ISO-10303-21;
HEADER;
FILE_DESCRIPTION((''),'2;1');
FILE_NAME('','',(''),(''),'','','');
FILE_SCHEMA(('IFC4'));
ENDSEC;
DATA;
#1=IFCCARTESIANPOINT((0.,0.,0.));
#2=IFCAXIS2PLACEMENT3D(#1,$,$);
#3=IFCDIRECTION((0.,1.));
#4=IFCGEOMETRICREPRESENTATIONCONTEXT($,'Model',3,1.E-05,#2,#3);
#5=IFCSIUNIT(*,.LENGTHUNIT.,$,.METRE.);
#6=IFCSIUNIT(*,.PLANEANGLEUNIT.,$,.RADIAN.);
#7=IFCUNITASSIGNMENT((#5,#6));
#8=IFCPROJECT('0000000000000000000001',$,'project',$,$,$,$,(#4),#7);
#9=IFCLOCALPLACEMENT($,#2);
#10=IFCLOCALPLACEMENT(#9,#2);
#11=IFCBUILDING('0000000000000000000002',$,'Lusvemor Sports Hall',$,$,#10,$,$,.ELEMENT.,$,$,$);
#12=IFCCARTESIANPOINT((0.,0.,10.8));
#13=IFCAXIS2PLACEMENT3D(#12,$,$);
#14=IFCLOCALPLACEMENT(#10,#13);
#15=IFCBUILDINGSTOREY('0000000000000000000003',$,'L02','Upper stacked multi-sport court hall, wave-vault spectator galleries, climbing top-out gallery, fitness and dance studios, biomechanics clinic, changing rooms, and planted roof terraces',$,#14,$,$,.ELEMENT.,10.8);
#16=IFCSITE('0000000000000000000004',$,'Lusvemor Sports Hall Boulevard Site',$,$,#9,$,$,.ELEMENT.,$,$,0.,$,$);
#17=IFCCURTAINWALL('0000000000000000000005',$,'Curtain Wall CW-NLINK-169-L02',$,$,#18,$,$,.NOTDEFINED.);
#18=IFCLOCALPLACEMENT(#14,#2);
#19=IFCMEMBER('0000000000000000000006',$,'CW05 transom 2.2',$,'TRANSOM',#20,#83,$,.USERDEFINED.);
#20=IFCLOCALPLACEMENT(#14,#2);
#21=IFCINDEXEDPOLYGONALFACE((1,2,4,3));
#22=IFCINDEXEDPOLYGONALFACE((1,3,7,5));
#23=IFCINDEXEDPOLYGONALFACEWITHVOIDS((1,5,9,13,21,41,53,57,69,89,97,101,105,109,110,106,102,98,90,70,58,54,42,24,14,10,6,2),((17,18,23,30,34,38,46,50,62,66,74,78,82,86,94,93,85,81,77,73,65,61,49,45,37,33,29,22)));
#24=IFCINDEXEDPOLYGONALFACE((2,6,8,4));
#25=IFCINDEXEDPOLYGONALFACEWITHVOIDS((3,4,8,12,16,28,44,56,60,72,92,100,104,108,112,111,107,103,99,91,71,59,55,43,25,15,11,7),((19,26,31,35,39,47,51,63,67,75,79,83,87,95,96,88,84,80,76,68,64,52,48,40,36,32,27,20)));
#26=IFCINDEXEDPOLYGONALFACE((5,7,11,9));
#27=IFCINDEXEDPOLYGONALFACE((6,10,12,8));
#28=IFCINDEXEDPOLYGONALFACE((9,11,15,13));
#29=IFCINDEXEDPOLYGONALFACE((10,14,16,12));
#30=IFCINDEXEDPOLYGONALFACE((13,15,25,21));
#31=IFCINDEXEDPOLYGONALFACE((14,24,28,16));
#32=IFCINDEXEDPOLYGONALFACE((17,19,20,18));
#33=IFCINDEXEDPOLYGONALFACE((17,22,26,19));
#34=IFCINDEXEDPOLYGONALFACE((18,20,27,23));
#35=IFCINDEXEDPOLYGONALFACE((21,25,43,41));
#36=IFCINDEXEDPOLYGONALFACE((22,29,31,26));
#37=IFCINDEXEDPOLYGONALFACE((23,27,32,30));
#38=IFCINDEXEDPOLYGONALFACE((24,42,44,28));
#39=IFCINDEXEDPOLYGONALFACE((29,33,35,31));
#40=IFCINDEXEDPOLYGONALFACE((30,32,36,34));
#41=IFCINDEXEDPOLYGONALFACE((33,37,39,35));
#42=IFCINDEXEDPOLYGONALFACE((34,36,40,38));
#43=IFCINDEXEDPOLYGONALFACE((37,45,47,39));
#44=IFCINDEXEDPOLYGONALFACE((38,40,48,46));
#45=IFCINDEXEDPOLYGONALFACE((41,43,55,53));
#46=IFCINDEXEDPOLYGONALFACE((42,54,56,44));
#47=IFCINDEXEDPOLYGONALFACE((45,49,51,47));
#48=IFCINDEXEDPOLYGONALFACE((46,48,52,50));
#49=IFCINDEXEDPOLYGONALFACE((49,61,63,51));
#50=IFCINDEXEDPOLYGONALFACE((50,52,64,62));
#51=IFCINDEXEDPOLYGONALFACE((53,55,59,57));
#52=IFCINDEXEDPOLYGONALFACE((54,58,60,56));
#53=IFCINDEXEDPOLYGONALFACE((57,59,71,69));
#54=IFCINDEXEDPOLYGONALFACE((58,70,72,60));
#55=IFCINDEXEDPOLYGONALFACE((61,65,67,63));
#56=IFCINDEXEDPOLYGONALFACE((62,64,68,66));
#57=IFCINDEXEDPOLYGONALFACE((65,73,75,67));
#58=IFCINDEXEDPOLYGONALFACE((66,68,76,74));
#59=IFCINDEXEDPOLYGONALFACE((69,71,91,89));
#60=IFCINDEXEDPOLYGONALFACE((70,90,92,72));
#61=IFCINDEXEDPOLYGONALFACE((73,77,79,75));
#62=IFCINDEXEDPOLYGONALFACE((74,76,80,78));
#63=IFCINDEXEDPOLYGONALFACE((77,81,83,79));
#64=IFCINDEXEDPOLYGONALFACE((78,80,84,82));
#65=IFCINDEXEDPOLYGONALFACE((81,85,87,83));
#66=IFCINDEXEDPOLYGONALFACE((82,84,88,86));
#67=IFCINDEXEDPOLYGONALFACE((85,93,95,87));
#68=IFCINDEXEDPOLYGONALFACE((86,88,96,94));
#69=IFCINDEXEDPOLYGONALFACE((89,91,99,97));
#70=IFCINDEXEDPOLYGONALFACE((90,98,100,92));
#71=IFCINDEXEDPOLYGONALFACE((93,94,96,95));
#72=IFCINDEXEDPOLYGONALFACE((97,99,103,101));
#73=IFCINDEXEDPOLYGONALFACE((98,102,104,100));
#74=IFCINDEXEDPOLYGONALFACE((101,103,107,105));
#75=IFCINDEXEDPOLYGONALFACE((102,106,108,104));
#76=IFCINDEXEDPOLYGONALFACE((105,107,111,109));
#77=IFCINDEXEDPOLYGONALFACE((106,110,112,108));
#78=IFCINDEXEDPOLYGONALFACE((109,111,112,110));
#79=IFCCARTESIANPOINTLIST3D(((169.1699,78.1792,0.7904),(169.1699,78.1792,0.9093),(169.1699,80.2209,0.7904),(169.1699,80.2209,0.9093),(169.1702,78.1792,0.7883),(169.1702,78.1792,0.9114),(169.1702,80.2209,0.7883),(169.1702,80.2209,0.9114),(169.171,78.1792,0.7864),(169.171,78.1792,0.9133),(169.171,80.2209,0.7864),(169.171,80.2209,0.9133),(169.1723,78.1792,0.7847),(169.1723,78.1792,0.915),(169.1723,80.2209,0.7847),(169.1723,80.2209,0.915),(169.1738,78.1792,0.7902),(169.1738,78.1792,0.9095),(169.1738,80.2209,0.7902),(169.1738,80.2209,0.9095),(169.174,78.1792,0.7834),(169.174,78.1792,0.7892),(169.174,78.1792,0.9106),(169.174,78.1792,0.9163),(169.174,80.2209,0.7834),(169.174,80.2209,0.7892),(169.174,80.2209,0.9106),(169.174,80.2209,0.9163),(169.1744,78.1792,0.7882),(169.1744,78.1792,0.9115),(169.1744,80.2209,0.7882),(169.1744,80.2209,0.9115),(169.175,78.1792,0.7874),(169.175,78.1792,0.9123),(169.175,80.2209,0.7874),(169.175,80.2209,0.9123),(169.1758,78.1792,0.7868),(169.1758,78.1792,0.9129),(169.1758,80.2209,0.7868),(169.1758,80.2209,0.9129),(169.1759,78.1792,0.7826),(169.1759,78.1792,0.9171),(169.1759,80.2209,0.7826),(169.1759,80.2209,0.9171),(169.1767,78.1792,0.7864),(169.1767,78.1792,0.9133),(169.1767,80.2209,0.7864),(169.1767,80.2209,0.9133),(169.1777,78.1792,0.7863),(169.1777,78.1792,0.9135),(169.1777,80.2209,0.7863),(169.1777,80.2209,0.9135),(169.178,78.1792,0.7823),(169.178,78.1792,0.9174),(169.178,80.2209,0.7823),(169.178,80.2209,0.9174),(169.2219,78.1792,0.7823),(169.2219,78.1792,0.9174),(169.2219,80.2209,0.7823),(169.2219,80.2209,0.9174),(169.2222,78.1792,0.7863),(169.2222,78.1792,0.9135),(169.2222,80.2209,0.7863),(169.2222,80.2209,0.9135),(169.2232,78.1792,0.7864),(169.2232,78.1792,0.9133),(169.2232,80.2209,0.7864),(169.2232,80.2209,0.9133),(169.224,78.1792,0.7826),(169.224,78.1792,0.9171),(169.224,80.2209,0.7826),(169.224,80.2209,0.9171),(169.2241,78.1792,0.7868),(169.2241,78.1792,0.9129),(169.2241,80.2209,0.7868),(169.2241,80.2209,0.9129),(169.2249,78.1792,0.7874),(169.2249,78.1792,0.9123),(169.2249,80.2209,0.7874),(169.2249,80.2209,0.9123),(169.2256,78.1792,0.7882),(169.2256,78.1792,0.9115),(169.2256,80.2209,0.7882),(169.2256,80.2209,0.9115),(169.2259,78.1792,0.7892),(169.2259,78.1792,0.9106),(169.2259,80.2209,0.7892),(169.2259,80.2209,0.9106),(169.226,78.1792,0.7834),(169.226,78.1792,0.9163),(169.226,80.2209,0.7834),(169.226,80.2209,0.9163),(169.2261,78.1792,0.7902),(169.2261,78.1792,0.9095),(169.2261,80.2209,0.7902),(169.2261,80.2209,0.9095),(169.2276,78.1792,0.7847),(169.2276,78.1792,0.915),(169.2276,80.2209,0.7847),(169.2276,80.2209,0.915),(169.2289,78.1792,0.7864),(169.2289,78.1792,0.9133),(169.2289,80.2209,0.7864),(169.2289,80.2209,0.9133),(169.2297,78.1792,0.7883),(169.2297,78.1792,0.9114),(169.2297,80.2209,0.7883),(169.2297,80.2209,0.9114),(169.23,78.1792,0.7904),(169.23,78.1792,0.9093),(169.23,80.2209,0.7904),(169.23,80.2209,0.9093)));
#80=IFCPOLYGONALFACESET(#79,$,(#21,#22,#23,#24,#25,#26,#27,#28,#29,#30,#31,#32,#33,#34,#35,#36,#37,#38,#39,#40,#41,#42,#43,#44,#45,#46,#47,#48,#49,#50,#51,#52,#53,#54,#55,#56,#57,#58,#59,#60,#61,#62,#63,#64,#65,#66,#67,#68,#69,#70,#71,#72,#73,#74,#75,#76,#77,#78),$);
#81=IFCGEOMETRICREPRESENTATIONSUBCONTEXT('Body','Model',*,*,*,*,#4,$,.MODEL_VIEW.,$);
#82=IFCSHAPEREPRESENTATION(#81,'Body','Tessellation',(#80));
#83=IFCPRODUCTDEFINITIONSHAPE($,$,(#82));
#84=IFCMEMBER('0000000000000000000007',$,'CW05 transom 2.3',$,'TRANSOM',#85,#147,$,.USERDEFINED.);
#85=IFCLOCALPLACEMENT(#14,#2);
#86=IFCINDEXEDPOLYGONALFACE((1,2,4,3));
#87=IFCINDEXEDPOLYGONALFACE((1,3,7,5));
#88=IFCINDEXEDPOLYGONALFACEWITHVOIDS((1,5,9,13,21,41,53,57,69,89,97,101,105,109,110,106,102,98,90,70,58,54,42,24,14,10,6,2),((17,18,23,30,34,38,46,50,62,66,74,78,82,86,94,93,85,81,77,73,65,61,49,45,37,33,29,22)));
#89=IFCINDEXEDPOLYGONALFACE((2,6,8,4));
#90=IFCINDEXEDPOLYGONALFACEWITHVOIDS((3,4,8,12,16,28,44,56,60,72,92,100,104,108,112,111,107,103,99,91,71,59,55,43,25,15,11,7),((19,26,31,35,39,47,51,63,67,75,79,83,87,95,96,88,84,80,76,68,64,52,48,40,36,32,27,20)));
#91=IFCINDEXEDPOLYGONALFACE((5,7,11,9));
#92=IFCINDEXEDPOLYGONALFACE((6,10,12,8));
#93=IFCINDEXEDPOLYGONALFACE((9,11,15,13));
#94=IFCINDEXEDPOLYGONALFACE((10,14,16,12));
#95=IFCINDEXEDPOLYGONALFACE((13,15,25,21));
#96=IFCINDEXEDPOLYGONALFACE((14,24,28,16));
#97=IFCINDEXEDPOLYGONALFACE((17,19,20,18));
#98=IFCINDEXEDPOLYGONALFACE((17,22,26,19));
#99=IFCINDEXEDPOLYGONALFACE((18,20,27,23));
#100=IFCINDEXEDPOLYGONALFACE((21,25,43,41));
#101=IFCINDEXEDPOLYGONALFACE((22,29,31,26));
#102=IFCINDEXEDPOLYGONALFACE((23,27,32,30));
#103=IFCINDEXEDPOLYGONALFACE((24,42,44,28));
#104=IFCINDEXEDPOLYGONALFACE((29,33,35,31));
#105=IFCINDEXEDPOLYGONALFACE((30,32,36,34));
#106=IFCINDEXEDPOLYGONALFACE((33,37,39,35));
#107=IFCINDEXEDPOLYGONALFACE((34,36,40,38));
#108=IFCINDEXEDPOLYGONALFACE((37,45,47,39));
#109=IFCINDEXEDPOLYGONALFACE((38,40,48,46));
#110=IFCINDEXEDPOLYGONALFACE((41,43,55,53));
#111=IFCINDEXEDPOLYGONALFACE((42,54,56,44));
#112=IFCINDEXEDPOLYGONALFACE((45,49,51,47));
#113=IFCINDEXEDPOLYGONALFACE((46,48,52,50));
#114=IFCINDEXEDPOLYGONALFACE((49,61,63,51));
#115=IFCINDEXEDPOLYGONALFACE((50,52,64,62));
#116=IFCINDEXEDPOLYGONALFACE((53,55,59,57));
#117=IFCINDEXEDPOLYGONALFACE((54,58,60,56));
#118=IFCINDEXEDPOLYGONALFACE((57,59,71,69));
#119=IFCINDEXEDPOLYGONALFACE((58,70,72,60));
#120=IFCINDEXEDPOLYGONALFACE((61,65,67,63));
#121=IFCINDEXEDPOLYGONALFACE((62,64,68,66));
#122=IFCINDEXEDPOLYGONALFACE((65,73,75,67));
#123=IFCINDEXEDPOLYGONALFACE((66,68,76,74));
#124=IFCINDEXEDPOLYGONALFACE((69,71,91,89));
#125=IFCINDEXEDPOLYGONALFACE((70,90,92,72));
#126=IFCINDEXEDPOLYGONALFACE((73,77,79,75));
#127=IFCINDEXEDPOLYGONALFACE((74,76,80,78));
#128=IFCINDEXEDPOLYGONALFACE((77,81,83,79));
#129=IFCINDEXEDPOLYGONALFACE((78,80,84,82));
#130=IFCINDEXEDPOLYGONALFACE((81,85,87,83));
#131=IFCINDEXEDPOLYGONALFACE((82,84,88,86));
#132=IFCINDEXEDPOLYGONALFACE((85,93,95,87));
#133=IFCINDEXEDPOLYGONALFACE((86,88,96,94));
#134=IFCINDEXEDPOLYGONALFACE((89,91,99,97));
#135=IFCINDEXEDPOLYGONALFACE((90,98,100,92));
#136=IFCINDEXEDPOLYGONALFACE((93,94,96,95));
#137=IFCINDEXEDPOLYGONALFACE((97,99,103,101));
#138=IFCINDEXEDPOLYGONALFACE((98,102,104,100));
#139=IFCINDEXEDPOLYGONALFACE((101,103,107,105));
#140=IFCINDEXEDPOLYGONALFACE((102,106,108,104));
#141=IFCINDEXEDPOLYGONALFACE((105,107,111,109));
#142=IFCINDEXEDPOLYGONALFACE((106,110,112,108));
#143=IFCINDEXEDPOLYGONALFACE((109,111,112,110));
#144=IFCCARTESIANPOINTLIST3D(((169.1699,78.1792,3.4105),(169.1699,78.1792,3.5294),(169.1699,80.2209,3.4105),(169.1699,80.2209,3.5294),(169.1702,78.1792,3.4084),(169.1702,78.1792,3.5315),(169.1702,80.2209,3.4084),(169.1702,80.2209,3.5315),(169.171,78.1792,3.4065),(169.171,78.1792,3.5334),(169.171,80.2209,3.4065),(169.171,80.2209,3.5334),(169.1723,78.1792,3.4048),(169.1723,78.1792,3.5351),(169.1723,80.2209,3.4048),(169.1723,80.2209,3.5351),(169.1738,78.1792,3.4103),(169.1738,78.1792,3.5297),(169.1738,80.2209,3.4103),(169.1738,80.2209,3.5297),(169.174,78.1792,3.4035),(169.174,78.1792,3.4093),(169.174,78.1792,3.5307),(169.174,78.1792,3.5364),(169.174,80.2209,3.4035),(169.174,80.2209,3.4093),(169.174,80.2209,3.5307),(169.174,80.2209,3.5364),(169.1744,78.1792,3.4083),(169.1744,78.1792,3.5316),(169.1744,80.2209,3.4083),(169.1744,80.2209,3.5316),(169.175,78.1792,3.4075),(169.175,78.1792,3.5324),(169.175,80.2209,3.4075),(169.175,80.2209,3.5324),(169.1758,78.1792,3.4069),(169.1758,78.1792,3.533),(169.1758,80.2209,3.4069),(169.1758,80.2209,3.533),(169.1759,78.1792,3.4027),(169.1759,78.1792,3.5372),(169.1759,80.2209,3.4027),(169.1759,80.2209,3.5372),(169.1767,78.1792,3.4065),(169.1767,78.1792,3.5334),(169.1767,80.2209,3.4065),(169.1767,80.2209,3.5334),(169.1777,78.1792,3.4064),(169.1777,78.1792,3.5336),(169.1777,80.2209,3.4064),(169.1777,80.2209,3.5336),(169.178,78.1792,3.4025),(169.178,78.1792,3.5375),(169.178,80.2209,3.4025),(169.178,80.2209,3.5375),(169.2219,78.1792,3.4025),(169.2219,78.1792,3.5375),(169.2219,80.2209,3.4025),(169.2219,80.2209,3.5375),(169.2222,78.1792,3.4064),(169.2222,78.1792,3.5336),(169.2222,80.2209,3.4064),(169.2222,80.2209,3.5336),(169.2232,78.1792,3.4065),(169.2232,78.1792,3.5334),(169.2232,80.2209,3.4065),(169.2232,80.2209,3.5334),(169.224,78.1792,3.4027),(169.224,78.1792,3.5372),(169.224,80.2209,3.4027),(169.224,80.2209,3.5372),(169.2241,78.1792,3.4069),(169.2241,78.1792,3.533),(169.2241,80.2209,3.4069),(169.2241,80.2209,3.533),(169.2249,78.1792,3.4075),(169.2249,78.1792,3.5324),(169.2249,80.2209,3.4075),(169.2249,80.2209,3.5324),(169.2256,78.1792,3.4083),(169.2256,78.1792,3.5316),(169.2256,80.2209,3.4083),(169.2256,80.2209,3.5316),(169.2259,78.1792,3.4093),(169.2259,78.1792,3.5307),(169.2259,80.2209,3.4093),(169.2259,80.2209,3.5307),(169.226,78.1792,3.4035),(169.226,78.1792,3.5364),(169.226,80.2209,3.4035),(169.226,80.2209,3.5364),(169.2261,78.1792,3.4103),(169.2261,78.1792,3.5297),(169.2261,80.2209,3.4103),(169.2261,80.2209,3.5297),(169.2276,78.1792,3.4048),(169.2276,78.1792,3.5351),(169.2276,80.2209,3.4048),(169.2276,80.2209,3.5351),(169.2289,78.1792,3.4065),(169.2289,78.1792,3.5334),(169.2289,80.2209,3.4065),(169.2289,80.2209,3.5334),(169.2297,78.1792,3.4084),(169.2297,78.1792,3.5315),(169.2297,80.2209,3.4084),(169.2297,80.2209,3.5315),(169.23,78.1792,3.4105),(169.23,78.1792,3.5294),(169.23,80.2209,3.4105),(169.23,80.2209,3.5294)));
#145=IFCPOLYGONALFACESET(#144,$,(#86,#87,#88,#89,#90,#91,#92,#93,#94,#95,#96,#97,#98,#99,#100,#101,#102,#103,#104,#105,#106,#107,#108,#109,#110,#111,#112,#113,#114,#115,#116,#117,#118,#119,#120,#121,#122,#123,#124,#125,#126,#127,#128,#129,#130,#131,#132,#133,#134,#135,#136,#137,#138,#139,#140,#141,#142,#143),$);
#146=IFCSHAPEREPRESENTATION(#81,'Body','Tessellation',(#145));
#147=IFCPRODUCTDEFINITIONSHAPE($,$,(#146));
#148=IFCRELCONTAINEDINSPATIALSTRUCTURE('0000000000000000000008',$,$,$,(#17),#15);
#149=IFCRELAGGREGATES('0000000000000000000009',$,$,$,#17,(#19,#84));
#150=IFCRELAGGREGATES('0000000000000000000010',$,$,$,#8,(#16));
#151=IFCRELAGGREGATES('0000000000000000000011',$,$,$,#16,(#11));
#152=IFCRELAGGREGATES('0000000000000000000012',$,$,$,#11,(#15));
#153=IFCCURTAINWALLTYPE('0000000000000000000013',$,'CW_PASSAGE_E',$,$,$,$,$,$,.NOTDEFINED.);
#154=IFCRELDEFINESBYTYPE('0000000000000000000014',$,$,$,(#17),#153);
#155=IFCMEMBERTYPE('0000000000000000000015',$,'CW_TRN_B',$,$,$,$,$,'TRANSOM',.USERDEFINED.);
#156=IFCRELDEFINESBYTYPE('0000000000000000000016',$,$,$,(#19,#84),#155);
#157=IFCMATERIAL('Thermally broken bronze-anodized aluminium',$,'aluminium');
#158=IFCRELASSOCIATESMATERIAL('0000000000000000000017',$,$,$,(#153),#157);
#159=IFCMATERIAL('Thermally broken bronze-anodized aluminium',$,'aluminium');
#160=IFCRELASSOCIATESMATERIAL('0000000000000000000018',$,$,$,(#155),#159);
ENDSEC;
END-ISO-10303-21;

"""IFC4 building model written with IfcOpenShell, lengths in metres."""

from ifc_helpers import new_model, si_unit, direction, frame, origin, origin_2d, place, context, subcontext, project, spatial, hollow_rectangle, extrude, material, material_profile, profile_set, type_object, element, aggregate, save


model = new_model("IFC4")

# Units and contexts
model_context = context("Model", 3, precision=1e-05, world=origin(), true_north=direction((0.0, 1.0)))
body_context = subcontext(model_context, "Body", "Model", "MODEL_VIEW")
ifc_project = project(units=[si_unit("LENGTHUNIT", "METRE"), si_unit("PLANEANGLEUNIT", "RADIAN")], contexts=[model_context])

# Site, building, storey
site_placement = place(None, origin())
site = spatial("IfcSite", under=ifc_project, at=site_placement, Name="Lusvemor Sports Hall Boulevard Site", CompositionType="ELEMENT", RefElevation=0.0)
building_placement = place(site_placement, origin())
building = spatial("IfcBuilding", under=site, at=building_placement, Name="Lusvemor Sports Hall", CompositionType="ELEMENT")
storey_placement = place(building_placement, frame((0.0, 0.0, 10.8)))
storey = spatial("IfcBuildingStorey", under=building, at=storey_placement, Name="L02", Description="Upper stacked multi-sport court hall, wave-vault spectator galleries, climbing top-out gallery, fitness and dance studios, biomechanics clinic, changing rooms, and planted roof terraces", CompositionType="ELEMENT", Elevation=10.8)

# Curtain wall, members
ifc_material_1 = material(Name="Thermally broken bronze-anodized aluminium", Category="aluminium")
curtain_wall_type = type_object("IfcCurtainWallType", Name="CW_PASSAGE_E", PredefinedType="NOTDEFINED", material=ifc_material_1)
curtain_wall_placement = place(storey_placement, origin())
curtain_wall = element("IfcCurtainWall", 1, at=curtain_wall_placement, inside=storey, type_object=curtain_wall_type, Name="Curtain Wall CW-NLINK-169-L02", PredefinedType="NOTDEFINED")
ifc_material_2 = material(Name="Thermally broken bronze-anodized aluminium", Category="aluminium")
ifc_material_profile_1 = material_profile(ifc_material_2, hollow_rectangle(XDim=0.0601, YDim=0.135, WallThickness=0.0039, InnerFilletRadius=0.0039, OuterFilletRadius=0.0081, at=origin_2d()), Name="CWTRN135x60x4")
ifc_profile_set_1 = profile_set([ifc_material_profile_1], Name="Thermally broken bronze-anodized aluminium")
member_type_1 = type_object("IfcMemberType", Name="CW_TRN_B", ElementType="TRANSOM", PredefinedType="USERDEFINED", material=ifc_profile_set_1)
member_1_placement = place(storey_placement, frame((169.2, 78.1792, 0.8499), z_axis=(0.0, 1.0, 0.0), x_axis=(-1.0, 0.0, 0.0)))
member_1 = element("IfcMember", 2, at=member_1_placement, type_object=member_type_1, Name="CW05 transom 2.2", ObjectType="TRANSOM", PredefinedType="USERDEFINED", context=body_context, shape_type="SweptSolid", body=[
    extrude(hollow_rectangle(XDim=0.0601, YDim=0.135, WallThickness=0.0039, InnerFilletRadius=0.0039, OuterFilletRadius=0.0081, at=origin_2d()), origin(), (0.0, 0.0, 1.0), 2.0417),
])
member_2_placement = place(storey_placement, frame((169.2, 78.1792, 3.47), z_axis=(0.0, 1.0, 0.0), x_axis=(-1.0, 0.0, 0.0)))
member_2 = element("IfcMember", 3, at=member_2_placement, type_object=member_type_1, Name="CW05 transom 2.3", ObjectType="TRANSOM", PredefinedType="USERDEFINED", context=body_context, shape_type="SweptSolid", body=[
    extrude(hollow_rectangle(XDim=0.0601, YDim=0.135, WallThickness=0.0039, InnerFilletRadius=0.0039, OuterFilletRadius=0.0081, at=origin_2d()), origin(), (0.0, 0.0, 1.0), 2.0417),
])

aggregate(curtain_wall, [member_1, member_2])

save(model, "model.ifc")
